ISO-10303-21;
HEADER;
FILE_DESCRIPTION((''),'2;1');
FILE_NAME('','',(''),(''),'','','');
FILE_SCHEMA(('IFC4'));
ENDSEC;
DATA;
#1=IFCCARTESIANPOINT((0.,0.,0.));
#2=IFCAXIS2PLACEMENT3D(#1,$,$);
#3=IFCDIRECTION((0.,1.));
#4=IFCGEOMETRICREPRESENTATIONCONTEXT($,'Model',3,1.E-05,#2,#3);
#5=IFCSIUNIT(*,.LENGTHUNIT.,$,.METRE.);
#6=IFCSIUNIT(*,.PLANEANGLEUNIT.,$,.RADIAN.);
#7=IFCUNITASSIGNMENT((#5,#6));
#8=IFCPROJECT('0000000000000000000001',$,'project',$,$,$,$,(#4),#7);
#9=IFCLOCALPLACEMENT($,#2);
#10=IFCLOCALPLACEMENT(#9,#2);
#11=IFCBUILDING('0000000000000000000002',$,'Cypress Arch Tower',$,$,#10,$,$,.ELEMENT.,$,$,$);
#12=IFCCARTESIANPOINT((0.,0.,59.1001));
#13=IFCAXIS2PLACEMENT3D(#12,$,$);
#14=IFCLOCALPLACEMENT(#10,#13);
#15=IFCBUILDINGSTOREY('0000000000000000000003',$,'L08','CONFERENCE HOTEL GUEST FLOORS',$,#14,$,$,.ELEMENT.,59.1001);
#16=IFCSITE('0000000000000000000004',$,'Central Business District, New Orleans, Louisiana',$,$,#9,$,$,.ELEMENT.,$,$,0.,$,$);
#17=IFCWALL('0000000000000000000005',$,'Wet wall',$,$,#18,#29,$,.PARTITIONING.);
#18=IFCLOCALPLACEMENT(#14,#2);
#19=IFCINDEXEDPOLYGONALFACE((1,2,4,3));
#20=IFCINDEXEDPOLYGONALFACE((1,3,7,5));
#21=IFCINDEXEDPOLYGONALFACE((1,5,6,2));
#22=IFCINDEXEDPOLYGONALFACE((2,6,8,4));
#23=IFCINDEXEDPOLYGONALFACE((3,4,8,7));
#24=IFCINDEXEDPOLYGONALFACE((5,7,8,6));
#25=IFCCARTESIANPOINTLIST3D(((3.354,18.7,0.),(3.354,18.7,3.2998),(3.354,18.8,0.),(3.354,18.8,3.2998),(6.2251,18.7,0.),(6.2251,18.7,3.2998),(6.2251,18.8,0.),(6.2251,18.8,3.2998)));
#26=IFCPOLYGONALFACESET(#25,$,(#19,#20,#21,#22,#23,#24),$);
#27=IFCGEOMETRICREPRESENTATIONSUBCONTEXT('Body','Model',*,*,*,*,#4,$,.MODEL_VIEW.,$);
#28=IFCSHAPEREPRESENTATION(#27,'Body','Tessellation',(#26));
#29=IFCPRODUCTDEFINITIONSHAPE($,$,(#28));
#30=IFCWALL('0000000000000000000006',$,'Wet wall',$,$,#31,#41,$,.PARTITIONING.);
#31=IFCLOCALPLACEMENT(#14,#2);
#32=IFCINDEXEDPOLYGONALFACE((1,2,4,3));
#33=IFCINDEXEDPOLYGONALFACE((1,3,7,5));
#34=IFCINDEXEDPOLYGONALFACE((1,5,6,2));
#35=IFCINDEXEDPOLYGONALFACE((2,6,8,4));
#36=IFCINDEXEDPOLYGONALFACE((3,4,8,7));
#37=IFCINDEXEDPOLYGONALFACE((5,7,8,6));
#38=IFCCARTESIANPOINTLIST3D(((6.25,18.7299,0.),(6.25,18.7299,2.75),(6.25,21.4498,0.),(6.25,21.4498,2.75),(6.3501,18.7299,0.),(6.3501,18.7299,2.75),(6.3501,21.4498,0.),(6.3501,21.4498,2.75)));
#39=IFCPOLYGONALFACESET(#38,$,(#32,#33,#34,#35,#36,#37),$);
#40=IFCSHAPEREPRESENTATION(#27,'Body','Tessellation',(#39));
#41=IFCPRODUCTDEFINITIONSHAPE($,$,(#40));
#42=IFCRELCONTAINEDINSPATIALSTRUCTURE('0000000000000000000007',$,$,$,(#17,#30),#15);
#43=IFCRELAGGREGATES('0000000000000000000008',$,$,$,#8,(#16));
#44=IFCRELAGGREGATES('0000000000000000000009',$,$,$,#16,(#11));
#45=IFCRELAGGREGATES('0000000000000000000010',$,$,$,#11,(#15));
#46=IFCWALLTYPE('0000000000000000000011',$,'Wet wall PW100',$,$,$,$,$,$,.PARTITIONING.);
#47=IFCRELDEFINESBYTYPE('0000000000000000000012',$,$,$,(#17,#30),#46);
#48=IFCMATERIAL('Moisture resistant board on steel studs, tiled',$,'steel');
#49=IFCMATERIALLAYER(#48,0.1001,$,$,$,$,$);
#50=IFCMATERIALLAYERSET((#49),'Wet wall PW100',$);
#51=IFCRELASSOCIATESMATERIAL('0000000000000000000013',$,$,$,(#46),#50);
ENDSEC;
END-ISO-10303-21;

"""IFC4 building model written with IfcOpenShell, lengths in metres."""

from ifc_helpers import new_model, si_unit, direction, frame, frame_2d, origin, place, context, subcontext, project, spatial, rectangle, extrude, material, layer, layer_set, type_object, element, save


model = new_model("IFC4")

# Units and contexts
model_context = context("Model", 3, precision=1e-05, world=origin(), true_north=direction((0.0, 1.0)))
body_context = subcontext(model_context, "Body", "Model", "MODEL_VIEW")
ifc_project = project(units=[si_unit("LENGTHUNIT", "METRE"), si_unit("PLANEANGLEUNIT", "RADIAN")], contexts=[model_context])

# Site, building, storey
site_placement = place(None, origin())
site = spatial("IfcSite", under=ifc_project, at=site_placement, Name="Central Business District, New Orleans, Louisiana", CompositionType="ELEMENT", RefElevation=0.0)
building_placement = place(site_placement, origin())
building = spatial("IfcBuilding", under=site, at=building_placement, Name="Cypress Arch Tower", CompositionType="ELEMENT")
storey_placement = place(building_placement, frame((0.0, 0.0, 59.1001)))
storey = spatial("IfcBuildingStorey", under=building, at=storey_placement, Name="L08", Description="CONFERENCE HOTEL GUEST FLOORS", CompositionType="ELEMENT", Elevation=59.1001)

# Walls
ifc_material_1 = material(Name="Moisture resistant board on steel studs, tiled", Category="steel")
ifc_layer_1 = layer(ifc_material_1, 0.1001)
ifc_layer_set_1 = layer_set([ifc_layer_1], Name="Wet wall PW100")
wall_type_1 = type_object("IfcWallType", Name="Wet wall PW100", PredefinedType="PARTITIONING", material=ifc_layer_set_1)
wall_1_placement = place(storey_placement, frame((3.354, 18.75, 0.0), z_axis=(0.0, 0.0, 1.0), x_axis=(1.0, 0.0, 0.0)))
element("IfcWall", 1, at=wall_1_placement, inside=storey, type_object=wall_type_1, Name="Wet wall", PredefinedType="PARTITIONING", context=body_context, shape_type="SweptSolid", body=[
    extrude(rectangle(XDim=2.8711, YDim=0.1001, at=frame_2d((1.4355, 0.0))), origin(), (0.0, 0.0, 1.0), 3.2998),
])
wall_2_placement = place(storey_placement, frame((6.3, 18.73, 0.0), z_axis=(0.0, 0.0, 1.0), x_axis=(0.0, 1.0, 0.0)))
element("IfcWall", 2, at=wall_2_placement, inside=storey, type_object=wall_type_1, Name="Wet wall", PredefinedType="PARTITIONING", context=body_context, shape_type="SweptSolid", body=[
    extrude(rectangle(XDim=2.72, YDim=0.1001, at=frame_2d((1.3599, 0.0))), origin(), (0.0, 0.0, 1.0), 2.75),
])

save(model, "model.ifc")
